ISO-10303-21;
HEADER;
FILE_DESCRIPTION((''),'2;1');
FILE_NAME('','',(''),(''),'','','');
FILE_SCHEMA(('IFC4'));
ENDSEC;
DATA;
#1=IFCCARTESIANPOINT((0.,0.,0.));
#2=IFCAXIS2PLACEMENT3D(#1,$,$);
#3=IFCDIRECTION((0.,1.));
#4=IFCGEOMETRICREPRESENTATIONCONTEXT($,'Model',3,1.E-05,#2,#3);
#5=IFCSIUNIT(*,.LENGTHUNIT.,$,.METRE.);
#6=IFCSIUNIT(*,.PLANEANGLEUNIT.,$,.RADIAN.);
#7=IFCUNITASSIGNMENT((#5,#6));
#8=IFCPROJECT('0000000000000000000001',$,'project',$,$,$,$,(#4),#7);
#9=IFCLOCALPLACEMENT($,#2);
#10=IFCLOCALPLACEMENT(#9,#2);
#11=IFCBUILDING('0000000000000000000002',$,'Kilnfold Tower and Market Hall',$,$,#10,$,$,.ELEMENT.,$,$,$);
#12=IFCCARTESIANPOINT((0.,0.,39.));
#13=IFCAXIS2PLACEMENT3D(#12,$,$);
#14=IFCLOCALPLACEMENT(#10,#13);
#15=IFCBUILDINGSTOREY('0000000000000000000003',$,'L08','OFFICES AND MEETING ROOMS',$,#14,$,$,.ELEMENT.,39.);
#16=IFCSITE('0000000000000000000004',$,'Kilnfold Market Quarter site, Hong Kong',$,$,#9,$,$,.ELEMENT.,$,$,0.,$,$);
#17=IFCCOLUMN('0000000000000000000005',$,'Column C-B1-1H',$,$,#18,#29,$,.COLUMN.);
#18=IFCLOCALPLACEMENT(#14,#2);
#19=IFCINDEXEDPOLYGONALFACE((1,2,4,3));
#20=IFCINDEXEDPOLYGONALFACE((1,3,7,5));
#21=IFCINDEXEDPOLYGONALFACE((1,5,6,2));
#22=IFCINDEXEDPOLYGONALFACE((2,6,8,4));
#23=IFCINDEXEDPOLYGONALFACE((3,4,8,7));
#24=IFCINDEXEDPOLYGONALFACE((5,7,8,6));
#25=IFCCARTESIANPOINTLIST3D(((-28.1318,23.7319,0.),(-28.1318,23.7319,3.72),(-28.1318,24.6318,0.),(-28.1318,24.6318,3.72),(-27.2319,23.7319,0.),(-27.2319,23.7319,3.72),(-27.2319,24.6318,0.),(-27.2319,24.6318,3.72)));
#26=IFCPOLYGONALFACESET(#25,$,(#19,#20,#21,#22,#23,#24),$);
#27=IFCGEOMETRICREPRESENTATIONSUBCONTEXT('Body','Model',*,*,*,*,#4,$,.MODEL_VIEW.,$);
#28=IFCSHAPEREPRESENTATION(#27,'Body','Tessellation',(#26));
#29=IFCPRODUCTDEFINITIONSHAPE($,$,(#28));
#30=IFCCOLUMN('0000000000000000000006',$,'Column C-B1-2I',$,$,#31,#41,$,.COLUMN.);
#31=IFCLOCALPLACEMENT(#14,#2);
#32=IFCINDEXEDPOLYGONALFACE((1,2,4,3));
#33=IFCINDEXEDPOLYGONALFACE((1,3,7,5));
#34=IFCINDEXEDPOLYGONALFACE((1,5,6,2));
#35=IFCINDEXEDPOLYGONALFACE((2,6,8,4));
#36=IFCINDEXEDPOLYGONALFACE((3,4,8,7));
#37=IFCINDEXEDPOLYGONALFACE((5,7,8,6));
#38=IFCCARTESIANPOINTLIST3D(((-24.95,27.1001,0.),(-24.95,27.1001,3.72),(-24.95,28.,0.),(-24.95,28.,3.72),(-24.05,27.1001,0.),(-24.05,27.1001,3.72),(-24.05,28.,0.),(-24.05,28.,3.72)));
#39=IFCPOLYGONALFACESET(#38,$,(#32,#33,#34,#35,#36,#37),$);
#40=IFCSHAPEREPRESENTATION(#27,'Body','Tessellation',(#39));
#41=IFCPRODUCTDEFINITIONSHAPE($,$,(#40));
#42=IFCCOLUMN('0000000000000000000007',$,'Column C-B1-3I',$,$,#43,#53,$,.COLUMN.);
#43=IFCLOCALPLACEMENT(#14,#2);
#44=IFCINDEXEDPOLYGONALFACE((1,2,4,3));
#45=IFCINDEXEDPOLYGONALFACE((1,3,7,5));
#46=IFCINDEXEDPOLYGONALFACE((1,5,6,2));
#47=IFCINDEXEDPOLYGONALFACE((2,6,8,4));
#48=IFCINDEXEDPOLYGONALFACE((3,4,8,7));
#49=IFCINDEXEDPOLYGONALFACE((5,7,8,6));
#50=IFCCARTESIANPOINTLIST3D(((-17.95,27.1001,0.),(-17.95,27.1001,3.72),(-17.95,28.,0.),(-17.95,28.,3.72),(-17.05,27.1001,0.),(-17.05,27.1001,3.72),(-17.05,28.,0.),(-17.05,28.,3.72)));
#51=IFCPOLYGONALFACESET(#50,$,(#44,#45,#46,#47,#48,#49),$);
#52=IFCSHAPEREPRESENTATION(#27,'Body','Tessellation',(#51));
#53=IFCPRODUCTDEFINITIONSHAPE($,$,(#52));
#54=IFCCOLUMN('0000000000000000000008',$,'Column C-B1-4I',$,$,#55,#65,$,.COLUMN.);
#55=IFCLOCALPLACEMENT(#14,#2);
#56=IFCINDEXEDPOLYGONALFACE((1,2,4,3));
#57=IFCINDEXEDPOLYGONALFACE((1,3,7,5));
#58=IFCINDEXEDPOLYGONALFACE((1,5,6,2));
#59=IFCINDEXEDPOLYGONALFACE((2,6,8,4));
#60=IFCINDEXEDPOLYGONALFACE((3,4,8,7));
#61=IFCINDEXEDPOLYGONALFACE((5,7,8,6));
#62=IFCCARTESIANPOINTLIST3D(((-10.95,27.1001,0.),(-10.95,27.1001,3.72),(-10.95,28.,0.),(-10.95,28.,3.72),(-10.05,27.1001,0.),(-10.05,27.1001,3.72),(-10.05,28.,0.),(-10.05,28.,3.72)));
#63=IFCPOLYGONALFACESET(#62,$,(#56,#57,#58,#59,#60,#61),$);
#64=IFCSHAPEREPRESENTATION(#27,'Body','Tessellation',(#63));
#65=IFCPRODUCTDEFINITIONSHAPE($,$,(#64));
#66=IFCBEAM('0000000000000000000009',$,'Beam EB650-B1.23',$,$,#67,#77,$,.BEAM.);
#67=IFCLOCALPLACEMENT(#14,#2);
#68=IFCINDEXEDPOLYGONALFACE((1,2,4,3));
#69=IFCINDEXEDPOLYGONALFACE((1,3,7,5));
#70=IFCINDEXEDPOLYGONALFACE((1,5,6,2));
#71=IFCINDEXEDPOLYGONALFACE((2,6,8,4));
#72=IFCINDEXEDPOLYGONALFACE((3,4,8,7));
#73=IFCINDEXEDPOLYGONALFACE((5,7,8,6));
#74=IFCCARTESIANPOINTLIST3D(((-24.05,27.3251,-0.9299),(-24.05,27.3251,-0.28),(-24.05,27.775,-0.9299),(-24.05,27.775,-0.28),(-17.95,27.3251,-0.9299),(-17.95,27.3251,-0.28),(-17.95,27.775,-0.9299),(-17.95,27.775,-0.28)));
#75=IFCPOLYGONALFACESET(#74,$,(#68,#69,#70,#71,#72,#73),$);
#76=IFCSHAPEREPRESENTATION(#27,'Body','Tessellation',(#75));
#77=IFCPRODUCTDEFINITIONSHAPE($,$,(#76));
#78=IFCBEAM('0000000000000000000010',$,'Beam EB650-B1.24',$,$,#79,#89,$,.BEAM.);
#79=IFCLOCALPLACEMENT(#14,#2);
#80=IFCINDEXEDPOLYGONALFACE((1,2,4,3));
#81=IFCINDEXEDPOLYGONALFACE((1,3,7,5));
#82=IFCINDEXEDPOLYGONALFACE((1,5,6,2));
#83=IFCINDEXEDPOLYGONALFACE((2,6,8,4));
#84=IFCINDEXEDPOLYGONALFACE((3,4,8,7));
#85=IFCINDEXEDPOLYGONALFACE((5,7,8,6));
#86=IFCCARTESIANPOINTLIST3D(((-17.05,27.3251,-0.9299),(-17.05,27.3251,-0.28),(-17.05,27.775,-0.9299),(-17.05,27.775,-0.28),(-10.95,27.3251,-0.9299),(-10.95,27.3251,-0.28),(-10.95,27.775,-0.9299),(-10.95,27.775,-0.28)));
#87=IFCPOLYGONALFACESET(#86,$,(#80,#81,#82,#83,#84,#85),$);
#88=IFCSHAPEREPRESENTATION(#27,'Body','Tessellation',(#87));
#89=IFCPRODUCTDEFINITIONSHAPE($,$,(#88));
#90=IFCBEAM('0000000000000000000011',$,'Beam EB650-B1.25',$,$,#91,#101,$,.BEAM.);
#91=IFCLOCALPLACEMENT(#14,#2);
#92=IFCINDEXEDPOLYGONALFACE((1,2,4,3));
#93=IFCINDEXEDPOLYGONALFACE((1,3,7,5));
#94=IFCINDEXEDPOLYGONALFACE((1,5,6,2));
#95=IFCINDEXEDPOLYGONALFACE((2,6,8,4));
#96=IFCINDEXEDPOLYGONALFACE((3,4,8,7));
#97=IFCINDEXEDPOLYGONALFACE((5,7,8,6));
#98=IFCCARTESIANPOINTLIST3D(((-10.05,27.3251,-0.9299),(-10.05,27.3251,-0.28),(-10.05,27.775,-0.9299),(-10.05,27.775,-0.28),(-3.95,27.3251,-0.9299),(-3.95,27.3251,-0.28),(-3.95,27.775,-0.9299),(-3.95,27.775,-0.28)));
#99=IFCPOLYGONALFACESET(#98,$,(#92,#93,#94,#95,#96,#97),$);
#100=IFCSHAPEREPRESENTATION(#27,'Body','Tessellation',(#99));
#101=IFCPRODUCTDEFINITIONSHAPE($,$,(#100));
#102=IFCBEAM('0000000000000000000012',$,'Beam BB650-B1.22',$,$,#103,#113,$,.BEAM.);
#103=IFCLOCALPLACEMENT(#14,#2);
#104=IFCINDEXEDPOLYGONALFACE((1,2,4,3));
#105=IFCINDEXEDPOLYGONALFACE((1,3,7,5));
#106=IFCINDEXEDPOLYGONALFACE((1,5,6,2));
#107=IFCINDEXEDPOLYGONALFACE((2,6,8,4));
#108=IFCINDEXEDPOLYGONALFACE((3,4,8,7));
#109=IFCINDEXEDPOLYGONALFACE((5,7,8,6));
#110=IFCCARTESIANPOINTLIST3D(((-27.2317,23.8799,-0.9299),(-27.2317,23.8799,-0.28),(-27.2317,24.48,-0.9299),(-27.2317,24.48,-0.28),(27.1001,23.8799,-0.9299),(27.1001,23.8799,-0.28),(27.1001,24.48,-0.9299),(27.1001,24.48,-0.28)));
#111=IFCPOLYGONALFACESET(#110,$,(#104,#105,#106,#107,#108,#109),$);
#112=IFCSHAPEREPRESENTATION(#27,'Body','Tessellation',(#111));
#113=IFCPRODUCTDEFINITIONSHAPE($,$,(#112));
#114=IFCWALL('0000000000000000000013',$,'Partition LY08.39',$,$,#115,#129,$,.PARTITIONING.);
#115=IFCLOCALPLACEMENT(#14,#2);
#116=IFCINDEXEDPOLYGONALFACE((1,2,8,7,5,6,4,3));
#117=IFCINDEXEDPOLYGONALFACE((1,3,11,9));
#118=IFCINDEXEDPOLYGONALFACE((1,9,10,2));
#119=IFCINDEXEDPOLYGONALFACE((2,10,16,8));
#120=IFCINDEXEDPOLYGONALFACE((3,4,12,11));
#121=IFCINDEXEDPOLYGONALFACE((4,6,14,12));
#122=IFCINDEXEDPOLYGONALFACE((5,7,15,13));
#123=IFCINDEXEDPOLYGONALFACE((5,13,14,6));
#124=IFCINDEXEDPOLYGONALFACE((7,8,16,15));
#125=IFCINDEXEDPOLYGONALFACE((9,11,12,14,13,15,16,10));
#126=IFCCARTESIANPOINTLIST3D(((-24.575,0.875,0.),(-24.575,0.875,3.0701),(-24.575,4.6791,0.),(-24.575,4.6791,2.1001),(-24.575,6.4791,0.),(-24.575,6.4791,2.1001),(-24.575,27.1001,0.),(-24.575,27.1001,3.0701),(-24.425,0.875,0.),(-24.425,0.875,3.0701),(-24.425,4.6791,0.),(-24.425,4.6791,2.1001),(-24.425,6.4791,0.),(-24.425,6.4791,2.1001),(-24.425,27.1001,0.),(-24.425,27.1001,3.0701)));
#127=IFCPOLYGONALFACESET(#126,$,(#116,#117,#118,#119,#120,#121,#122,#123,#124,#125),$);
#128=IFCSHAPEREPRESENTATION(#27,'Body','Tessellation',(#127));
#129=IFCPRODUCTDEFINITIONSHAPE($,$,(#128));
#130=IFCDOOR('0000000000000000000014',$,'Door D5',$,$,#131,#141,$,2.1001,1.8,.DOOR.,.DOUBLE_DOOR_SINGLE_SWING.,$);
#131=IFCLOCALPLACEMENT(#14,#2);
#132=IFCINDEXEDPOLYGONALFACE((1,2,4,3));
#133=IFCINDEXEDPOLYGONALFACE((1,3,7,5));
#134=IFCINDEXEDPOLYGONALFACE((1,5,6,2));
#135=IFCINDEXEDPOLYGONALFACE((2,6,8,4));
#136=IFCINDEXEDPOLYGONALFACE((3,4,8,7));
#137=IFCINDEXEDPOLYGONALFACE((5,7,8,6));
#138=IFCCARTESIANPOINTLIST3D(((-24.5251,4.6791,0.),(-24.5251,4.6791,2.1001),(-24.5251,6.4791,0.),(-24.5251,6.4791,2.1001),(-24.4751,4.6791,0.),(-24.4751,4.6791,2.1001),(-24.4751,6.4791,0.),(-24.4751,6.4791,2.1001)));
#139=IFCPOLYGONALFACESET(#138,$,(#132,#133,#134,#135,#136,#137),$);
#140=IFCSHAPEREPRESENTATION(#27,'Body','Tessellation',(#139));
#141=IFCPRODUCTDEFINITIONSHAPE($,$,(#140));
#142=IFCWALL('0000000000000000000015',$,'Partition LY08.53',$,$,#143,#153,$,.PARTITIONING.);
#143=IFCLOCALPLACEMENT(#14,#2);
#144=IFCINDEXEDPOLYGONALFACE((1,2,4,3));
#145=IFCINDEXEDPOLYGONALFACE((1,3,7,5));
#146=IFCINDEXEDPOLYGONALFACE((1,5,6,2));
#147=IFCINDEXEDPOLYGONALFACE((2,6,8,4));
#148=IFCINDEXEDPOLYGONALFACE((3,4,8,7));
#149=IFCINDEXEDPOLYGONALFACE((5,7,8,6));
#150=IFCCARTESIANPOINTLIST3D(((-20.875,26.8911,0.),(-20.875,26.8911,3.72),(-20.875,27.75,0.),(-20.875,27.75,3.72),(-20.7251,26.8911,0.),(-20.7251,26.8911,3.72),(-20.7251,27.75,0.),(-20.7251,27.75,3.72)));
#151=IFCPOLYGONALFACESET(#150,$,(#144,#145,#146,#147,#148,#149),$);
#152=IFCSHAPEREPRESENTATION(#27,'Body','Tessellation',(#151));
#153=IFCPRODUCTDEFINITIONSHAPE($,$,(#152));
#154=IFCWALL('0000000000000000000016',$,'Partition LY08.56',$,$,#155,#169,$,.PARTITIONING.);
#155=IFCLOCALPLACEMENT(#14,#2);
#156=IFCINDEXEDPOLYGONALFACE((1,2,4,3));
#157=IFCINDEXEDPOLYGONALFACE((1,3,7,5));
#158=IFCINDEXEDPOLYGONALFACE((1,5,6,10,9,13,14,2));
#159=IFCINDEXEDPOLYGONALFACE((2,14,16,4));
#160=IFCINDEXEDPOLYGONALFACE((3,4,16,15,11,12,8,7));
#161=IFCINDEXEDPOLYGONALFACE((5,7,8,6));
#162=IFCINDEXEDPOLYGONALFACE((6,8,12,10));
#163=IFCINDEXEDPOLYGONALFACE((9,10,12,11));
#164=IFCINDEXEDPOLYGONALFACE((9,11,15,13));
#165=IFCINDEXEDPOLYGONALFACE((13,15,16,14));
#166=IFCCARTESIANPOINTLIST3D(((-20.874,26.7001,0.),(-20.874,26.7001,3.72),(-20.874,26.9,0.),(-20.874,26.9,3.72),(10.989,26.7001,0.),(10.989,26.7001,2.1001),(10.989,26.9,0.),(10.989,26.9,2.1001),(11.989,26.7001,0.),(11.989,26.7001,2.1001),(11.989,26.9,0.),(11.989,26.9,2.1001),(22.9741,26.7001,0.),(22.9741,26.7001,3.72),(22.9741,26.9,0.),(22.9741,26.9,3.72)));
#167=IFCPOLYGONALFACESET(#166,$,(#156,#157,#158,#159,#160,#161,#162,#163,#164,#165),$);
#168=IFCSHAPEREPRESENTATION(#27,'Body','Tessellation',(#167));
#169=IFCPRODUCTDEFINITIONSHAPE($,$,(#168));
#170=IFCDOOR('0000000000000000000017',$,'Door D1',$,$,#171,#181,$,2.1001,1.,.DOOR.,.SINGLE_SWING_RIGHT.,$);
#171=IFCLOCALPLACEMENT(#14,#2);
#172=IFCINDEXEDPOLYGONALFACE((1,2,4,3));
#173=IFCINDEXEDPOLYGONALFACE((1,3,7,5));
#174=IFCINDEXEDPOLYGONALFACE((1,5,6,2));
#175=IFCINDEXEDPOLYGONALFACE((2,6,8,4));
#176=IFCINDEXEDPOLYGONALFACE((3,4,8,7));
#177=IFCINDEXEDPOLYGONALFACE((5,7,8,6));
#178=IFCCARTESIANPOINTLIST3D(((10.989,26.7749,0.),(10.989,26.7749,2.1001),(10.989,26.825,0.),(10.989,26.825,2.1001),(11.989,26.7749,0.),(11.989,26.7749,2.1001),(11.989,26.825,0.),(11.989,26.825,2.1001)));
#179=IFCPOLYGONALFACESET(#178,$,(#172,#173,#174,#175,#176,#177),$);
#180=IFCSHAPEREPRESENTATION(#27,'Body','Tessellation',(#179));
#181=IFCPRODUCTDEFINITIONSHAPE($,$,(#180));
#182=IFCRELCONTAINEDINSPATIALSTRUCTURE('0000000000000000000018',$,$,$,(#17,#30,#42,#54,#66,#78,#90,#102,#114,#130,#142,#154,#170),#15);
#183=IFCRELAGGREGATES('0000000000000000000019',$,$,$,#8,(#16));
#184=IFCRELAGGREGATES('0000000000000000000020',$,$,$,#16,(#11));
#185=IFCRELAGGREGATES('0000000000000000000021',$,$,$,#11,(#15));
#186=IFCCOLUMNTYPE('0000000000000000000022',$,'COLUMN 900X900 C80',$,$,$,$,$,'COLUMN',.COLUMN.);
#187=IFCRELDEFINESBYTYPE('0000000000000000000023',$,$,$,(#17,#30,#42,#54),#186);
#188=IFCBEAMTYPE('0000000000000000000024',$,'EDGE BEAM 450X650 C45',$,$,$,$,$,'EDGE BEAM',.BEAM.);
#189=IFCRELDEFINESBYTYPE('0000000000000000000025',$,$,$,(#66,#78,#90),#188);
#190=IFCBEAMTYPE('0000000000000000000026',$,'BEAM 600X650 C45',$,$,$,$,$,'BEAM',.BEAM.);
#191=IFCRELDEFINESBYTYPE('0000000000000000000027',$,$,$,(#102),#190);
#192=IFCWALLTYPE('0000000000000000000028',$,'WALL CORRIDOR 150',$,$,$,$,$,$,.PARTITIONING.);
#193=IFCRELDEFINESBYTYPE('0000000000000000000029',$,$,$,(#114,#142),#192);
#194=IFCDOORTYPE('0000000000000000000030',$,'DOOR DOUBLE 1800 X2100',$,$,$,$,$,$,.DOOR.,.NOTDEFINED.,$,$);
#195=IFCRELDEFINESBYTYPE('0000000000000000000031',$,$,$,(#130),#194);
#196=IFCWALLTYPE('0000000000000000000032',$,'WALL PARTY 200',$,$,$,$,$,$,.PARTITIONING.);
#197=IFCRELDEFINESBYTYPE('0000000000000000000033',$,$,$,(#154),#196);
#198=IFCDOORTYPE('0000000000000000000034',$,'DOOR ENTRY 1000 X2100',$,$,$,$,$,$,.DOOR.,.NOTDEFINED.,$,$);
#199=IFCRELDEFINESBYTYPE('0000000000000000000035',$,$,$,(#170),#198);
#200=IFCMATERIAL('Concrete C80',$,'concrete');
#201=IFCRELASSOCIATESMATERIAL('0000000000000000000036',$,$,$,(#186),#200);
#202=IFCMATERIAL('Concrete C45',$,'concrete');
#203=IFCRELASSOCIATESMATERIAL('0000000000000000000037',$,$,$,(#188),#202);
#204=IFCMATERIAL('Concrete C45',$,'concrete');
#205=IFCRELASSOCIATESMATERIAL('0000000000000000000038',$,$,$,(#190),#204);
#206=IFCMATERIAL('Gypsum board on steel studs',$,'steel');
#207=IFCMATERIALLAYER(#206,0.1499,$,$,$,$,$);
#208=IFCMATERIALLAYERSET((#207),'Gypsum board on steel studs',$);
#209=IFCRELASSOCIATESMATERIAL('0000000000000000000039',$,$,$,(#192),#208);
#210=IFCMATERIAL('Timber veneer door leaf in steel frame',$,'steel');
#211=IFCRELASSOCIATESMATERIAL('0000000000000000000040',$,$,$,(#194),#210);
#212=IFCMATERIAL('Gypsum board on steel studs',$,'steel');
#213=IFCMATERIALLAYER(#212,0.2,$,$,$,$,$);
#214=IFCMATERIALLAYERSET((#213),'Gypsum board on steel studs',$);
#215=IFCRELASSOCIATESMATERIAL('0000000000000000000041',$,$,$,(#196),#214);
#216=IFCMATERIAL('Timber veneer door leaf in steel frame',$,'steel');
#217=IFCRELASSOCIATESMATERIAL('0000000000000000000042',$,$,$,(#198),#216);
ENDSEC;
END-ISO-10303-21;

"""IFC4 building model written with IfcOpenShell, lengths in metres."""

from ifc_helpers import new_model, si_unit, direction, frame, frame_2d, origin, origin_2d, place, context, subcontext, project, spatial, rectangle, extrude, source, transform, mapped, material, layer, layer_set, material_profile, profile_set, type_object, element, fill, save


model = new_model("IFC4")

# Units and contexts
model_context = context("Model", 3, precision=1e-05, world=origin(), true_north=direction((0.0, 1.0)))
body_context = subcontext(model_context, "Body", "Model", "MODEL_VIEW")
ifc_project = project(units=[si_unit("LENGTHUNIT", "METRE"), si_unit("PLANEANGLEUNIT", "RADIAN")], contexts=[model_context])

# Site, building, storey
site_placement = place(None, origin())
site = spatial("IfcSite", under=ifc_project, at=site_placement, Name="Kilnfold Market Quarter site, Hong Kong", CompositionType="ELEMENT", RefElevation=0.0)
building_placement = place(site_placement, origin())
building = spatial("IfcBuilding", under=site, at=building_placement, Name="Kilnfold Tower and Market Hall", CompositionType="ELEMENT")
storey_placement = place(building_placement, frame((0.0, 0.0, 39.0)))
storey = spatial("IfcBuildingStorey", under=building, at=storey_placement, Name="L08", Description="OFFICES AND MEETING ROOMS", CompositionType="ELEMENT", Elevation=39.0)

# Columns
ifc_material_1 = material(Name="Concrete C80", Category="concrete")
ifc_material_profile_1 = material_profile(ifc_material_1, rectangle(XDim=0.8999, YDim=0.8999, at=origin_2d()), Name="RC 900x900")
ifc_profile_set_1 = profile_set([ifc_material_profile_1], Name="Concrete C80")
column_type = type_object("IfcColumnType", Name="COLUMN 900X900 C80", ElementType="COLUMN", PredefinedType="COLUMN", material=ifc_profile_set_1)
shared_shape_1 = source(origin(), body_context, "Body", "SweptSolid", [
    extrude(rectangle(XDim=0.8999, YDim=0.8999, at=origin_2d()), origin(), (0.0, 0.0, 1.0), 3.72),
])
for number, where, z_axis, x_axis, name in (
    (1, (-27.6819, 24.1819, 0.0), (0.0, 0.0, 1.0), (1.0, 0.0, 0.0), "Column C-B1-1H"),
    (2, (-24.5, 27.55, 0.0), (0.0, 0.0, 1.0), (1.0, 0.0, 0.0), "Column C-B1-2I"),
    (3, (-17.5, 27.55, 0.0), (0.0, 0.0, 1.0), (1.0, 0.0, 0.0), "Column C-B1-3I"),
    (4, (-10.5, 27.55, 0.0), (0.0, 0.0, 1.0), (1.0, 0.0, 0.0), "Column C-B1-4I"),
):
    element("IfcColumn", number, at=place(storey_placement, frame(where, z_axis=z_axis, x_axis=x_axis)), inside=storey, type_object=column_type, Name=name, PredefinedType="COLUMN", context=body_context, shape_type="MappedRepresentation", body=[
        mapped(shared_shape_1, transform((0.0, 0.0, 0.0))),
    ])

# Beams
ifc_material_2 = material(Name="Concrete C45", Category="concrete")
ifc_material_profile_2 = material_profile(ifc_material_2, rectangle(XDim=0.45, YDim=0.6499, at=origin_2d()), Name="RC 450x650")
ifc_profile_set_2 = profile_set([ifc_material_profile_2], Name="Concrete C45")
beam_type_1 = type_object("IfcBeamType", Name="EDGE BEAM 450X650 C45", ElementType="EDGE BEAM", PredefinedType="BEAM", material=ifc_profile_set_2)
shared_shape_2 = source(origin(), body_context, "Body", "SweptSolid", [
    extrude(rectangle(XDim=0.45, YDim=0.6499, at=origin_2d()), origin(), (0.0, 0.0, 1.0), 6.1001),
])
for number, where, z_axis, x_axis, name in (
    (5, (-24.05, 27.55, -0.605), (1.0, 0.0, 0.0), (0.0, 1.0, 0.0), "Beam EB650-B1.23"),
    (6, (-17.05, 27.55, -0.605), (1.0, 0.0, 0.0), (0.0, 1.0, 0.0), "Beam EB650-B1.24"),
    (7, (-10.05, 27.55, -0.605), (1.0, 0.0, 0.0), (0.0, 1.0, 0.0), "Beam EB650-B1.25"),
):
    element("IfcBeam", number, at=place(storey_placement, frame(where, z_axis=z_axis, x_axis=x_axis)), inside=storey, type_object=beam_type_1, Name=name, PredefinedType="BEAM", context=body_context, shape_type="MappedRepresentation", body=[
        mapped(shared_shape_2, transform((0.0, 0.0, 0.0))),
    ])
ifc_material_3 = material(Name="Concrete C45", Category="concrete")
ifc_material_profile_3 = material_profile(ifc_material_3, rectangle(XDim=0.6001, YDim=0.6499, at=origin_2d()), Name="RC 600x650")
ifc_profile_set_3 = profile_set([ifc_material_profile_3], Name="Concrete C45")
beam_type_2 = type_object("IfcBeamType", Name="BEAM 600X650 C45", ElementType="BEAM", PredefinedType="BEAM", material=ifc_profile_set_3)
shared_shape_3 = source(origin(), body_context, "Body", "SweptSolid", [
    extrude(rectangle(XDim=0.6001, YDim=0.6499, at=origin_2d()), origin(), (0.0, 0.0, 1.0), 54.3318),
])
beam_placement = place(storey_placement, frame((-27.2317, 24.1799, -0.605), z_axis=(1.0, 0.0, 0.0), x_axis=(0.0, 1.0, 0.0)))
element("IfcBeam", 8, at=beam_placement, inside=storey, type_object=beam_type_2, Name="Beam BB650-B1.22", PredefinedType="BEAM", context=body_context, shape_type="MappedRepresentation", body=[
    mapped(shared_shape_3, transform((0.0, 0.0, 0.0))),
])

# Wall, opening, door
ifc_material_4 = material(Name="Gypsum board on steel studs", Category="steel")
ifc_layer_1 = layer(ifc_material_4, 0.1499)
ifc_layer_set_1 = layer_set([ifc_layer_1], Name="Gypsum board on steel studs")
wall_type_1 = type_object("IfcWallType", Name="WALL CORRIDOR 150", PredefinedType="PARTITIONING", material=ifc_layer_set_1)
wall_1_placement = place(storey_placement, frame((-24.5, 27.1001, 0.0), z_axis=(0.0, 0.0, 1.0), x_axis=(0.0, -1.0, 0.0)))
wall_1 = element("IfcWall", 9, at=wall_1_placement, inside=storey, type_object=wall_type_1, Name="Partition LY08.39", PredefinedType="PARTITIONING", context=body_context, shape_type="SweptSolid", body=[
    extrude(rectangle(XDim=26.2251, YDim=0.1499, at=frame_2d((13.1125, 0.0))), origin(), (0.0, 0.0, 1.0), 3.0701),
])
opening_1_placement = place(wall_1_placement, frame((20.6211, 0.0, 0.0)))
opening_1 = element("IfcOpeningElement", 10, at=opening_1_placement, cuts=wall_1, PredefinedType="OPENING", context=body_context, shape_type="SweptSolid", body=[
    extrude(rectangle(XDim=1.8, YDim=2.1001, at=frame_2d((0.8999, 1.05))), frame((0.0, 0.085, 0.0), z_axis=(0.0, -1.0, 0.0), x_axis=(1.0, 0.0, 0.0)), (0.0, 0.0, 1.0), 0.1699),
])
ifc_material_5 = material(Name="Timber veneer door leaf in steel frame", Category="steel")
door_type_1 = type_object("IfcDoorType", Name="DOOR DOUBLE 1800 X2100", OperationType="NOTDEFINED", PredefinedType="DOOR", material=ifc_material_5)
door_1_placement = place(opening_1_placement, origin())
door_1 = element("IfcDoor", 11, at=door_1_placement, inside=storey, type_object=door_type_1, Name="Door D5", OperationType="DOUBLE_DOOR_SINGLE_SWING", OverallHeight=2.1001, OverallWidth=1.8, PredefinedType="DOOR", context=body_context, shape_type="SweptSolid", body=[
    extrude(rectangle(XDim=1.8, YDim=2.1001, at=frame_2d((0.8999, 1.05))), frame((0.0, 0.0249, 0.0), z_axis=(0.0, -1.0, 0.0), x_axis=(1.0, 0.0, 0.0)), (0.0, 0.0, 1.0), 0.05),
])
fill(opening_1, door_1)

# Wall
wall_2_placement = place(storey_placement, frame((-20.8, 26.8911, 0.0), z_axis=(0.0, 0.0, 1.0), x_axis=(0.0, 1.0, 0.0)))
element("IfcWall", 12, at=wall_2_placement, inside=storey, type_object=wall_type_1, Name="Partition LY08.53", PredefinedType="PARTITIONING", context=body_context, shape_type="SweptSolid", body=[
    extrude(rectangle(XDim=0.8589, YDim=0.1499, at=frame_2d((0.4294, 0.0))), origin(), (0.0, 0.0, 1.0), 3.72),
])

# Wall, opening, door
ifc_material_6 = material(Name="Gypsum board on steel studs", Category="steel")
ifc_layer_2 = layer(ifc_material_6, 0.2)
ifc_layer_set_2 = layer_set([ifc_layer_2], Name="Gypsum board on steel studs")
wall_type_2 = type_object("IfcWallType", Name="WALL PARTY 200", PredefinedType="PARTITIONING", material=ifc_layer_set_2)
wall_3_placement = place(storey_placement, frame((-20.874, 26.8, 0.0), z_axis=(0.0, 0.0, 1.0), x_axis=(1.0, 0.0, 0.0)))
wall_3 = element("IfcWall", 13, at=wall_3_placement, inside=storey, type_object=wall_type_2, Name="Partition LY08.56", PredefinedType="PARTITIONING", context=body_context, shape_type="SweptSolid", body=[
    extrude(rectangle(XDim=43.8481, YDim=0.2, at=frame_2d((21.9241, 0.0))), origin(), (0.0, 0.0, 1.0), 3.72),
])
opening_2_placement = place(wall_3_placement, frame((31.863, 0.0, 0.0)))
opening_2 = element("IfcOpeningElement", 14, at=opening_2_placement, cuts=wall_3, PredefinedType="OPENING", context=body_context, shape_type="SweptSolid", body=[
    extrude(rectangle(XDim=1.0, YDim=2.1001, at=frame_2d((0.5, 1.05))), frame((0.0, 0.1099, 0.0), z_axis=(0.0, -1.0, 0.0), x_axis=(1.0, 0.0, 0.0)), (0.0, 0.0, 1.0), 0.22),
])
ifc_material_7 = material(Name="Timber veneer door leaf in steel frame", Category="steel")
door_type_2 = type_object("IfcDoorType", Name="DOOR ENTRY 1000 X2100", OperationType="NOTDEFINED", PredefinedType="DOOR", material=ifc_material_7)
door_2_placement = place(opening_2_placement, origin())
door_2 = element("IfcDoor", 15, at=door_2_placement, inside=storey, type_object=door_type_2, Name="Door D1", OperationType="SINGLE_SWING_RIGHT", OverallHeight=2.1001, OverallWidth=1.0, PredefinedType="DOOR", context=body_context, shape_type="SweptSolid", body=[
    extrude(rectangle(XDim=1.0, YDim=2.1001, at=frame_2d((0.5, 1.05))), frame((0.0, 0.0249, 0.0), z_axis=(0.0, -1.0, 0.0), x_axis=(1.0, 0.0, 0.0)), (0.0, 0.0, 1.0), 0.05),
])
fill(opening_2, door_2)

save(model, "model.ifc")
